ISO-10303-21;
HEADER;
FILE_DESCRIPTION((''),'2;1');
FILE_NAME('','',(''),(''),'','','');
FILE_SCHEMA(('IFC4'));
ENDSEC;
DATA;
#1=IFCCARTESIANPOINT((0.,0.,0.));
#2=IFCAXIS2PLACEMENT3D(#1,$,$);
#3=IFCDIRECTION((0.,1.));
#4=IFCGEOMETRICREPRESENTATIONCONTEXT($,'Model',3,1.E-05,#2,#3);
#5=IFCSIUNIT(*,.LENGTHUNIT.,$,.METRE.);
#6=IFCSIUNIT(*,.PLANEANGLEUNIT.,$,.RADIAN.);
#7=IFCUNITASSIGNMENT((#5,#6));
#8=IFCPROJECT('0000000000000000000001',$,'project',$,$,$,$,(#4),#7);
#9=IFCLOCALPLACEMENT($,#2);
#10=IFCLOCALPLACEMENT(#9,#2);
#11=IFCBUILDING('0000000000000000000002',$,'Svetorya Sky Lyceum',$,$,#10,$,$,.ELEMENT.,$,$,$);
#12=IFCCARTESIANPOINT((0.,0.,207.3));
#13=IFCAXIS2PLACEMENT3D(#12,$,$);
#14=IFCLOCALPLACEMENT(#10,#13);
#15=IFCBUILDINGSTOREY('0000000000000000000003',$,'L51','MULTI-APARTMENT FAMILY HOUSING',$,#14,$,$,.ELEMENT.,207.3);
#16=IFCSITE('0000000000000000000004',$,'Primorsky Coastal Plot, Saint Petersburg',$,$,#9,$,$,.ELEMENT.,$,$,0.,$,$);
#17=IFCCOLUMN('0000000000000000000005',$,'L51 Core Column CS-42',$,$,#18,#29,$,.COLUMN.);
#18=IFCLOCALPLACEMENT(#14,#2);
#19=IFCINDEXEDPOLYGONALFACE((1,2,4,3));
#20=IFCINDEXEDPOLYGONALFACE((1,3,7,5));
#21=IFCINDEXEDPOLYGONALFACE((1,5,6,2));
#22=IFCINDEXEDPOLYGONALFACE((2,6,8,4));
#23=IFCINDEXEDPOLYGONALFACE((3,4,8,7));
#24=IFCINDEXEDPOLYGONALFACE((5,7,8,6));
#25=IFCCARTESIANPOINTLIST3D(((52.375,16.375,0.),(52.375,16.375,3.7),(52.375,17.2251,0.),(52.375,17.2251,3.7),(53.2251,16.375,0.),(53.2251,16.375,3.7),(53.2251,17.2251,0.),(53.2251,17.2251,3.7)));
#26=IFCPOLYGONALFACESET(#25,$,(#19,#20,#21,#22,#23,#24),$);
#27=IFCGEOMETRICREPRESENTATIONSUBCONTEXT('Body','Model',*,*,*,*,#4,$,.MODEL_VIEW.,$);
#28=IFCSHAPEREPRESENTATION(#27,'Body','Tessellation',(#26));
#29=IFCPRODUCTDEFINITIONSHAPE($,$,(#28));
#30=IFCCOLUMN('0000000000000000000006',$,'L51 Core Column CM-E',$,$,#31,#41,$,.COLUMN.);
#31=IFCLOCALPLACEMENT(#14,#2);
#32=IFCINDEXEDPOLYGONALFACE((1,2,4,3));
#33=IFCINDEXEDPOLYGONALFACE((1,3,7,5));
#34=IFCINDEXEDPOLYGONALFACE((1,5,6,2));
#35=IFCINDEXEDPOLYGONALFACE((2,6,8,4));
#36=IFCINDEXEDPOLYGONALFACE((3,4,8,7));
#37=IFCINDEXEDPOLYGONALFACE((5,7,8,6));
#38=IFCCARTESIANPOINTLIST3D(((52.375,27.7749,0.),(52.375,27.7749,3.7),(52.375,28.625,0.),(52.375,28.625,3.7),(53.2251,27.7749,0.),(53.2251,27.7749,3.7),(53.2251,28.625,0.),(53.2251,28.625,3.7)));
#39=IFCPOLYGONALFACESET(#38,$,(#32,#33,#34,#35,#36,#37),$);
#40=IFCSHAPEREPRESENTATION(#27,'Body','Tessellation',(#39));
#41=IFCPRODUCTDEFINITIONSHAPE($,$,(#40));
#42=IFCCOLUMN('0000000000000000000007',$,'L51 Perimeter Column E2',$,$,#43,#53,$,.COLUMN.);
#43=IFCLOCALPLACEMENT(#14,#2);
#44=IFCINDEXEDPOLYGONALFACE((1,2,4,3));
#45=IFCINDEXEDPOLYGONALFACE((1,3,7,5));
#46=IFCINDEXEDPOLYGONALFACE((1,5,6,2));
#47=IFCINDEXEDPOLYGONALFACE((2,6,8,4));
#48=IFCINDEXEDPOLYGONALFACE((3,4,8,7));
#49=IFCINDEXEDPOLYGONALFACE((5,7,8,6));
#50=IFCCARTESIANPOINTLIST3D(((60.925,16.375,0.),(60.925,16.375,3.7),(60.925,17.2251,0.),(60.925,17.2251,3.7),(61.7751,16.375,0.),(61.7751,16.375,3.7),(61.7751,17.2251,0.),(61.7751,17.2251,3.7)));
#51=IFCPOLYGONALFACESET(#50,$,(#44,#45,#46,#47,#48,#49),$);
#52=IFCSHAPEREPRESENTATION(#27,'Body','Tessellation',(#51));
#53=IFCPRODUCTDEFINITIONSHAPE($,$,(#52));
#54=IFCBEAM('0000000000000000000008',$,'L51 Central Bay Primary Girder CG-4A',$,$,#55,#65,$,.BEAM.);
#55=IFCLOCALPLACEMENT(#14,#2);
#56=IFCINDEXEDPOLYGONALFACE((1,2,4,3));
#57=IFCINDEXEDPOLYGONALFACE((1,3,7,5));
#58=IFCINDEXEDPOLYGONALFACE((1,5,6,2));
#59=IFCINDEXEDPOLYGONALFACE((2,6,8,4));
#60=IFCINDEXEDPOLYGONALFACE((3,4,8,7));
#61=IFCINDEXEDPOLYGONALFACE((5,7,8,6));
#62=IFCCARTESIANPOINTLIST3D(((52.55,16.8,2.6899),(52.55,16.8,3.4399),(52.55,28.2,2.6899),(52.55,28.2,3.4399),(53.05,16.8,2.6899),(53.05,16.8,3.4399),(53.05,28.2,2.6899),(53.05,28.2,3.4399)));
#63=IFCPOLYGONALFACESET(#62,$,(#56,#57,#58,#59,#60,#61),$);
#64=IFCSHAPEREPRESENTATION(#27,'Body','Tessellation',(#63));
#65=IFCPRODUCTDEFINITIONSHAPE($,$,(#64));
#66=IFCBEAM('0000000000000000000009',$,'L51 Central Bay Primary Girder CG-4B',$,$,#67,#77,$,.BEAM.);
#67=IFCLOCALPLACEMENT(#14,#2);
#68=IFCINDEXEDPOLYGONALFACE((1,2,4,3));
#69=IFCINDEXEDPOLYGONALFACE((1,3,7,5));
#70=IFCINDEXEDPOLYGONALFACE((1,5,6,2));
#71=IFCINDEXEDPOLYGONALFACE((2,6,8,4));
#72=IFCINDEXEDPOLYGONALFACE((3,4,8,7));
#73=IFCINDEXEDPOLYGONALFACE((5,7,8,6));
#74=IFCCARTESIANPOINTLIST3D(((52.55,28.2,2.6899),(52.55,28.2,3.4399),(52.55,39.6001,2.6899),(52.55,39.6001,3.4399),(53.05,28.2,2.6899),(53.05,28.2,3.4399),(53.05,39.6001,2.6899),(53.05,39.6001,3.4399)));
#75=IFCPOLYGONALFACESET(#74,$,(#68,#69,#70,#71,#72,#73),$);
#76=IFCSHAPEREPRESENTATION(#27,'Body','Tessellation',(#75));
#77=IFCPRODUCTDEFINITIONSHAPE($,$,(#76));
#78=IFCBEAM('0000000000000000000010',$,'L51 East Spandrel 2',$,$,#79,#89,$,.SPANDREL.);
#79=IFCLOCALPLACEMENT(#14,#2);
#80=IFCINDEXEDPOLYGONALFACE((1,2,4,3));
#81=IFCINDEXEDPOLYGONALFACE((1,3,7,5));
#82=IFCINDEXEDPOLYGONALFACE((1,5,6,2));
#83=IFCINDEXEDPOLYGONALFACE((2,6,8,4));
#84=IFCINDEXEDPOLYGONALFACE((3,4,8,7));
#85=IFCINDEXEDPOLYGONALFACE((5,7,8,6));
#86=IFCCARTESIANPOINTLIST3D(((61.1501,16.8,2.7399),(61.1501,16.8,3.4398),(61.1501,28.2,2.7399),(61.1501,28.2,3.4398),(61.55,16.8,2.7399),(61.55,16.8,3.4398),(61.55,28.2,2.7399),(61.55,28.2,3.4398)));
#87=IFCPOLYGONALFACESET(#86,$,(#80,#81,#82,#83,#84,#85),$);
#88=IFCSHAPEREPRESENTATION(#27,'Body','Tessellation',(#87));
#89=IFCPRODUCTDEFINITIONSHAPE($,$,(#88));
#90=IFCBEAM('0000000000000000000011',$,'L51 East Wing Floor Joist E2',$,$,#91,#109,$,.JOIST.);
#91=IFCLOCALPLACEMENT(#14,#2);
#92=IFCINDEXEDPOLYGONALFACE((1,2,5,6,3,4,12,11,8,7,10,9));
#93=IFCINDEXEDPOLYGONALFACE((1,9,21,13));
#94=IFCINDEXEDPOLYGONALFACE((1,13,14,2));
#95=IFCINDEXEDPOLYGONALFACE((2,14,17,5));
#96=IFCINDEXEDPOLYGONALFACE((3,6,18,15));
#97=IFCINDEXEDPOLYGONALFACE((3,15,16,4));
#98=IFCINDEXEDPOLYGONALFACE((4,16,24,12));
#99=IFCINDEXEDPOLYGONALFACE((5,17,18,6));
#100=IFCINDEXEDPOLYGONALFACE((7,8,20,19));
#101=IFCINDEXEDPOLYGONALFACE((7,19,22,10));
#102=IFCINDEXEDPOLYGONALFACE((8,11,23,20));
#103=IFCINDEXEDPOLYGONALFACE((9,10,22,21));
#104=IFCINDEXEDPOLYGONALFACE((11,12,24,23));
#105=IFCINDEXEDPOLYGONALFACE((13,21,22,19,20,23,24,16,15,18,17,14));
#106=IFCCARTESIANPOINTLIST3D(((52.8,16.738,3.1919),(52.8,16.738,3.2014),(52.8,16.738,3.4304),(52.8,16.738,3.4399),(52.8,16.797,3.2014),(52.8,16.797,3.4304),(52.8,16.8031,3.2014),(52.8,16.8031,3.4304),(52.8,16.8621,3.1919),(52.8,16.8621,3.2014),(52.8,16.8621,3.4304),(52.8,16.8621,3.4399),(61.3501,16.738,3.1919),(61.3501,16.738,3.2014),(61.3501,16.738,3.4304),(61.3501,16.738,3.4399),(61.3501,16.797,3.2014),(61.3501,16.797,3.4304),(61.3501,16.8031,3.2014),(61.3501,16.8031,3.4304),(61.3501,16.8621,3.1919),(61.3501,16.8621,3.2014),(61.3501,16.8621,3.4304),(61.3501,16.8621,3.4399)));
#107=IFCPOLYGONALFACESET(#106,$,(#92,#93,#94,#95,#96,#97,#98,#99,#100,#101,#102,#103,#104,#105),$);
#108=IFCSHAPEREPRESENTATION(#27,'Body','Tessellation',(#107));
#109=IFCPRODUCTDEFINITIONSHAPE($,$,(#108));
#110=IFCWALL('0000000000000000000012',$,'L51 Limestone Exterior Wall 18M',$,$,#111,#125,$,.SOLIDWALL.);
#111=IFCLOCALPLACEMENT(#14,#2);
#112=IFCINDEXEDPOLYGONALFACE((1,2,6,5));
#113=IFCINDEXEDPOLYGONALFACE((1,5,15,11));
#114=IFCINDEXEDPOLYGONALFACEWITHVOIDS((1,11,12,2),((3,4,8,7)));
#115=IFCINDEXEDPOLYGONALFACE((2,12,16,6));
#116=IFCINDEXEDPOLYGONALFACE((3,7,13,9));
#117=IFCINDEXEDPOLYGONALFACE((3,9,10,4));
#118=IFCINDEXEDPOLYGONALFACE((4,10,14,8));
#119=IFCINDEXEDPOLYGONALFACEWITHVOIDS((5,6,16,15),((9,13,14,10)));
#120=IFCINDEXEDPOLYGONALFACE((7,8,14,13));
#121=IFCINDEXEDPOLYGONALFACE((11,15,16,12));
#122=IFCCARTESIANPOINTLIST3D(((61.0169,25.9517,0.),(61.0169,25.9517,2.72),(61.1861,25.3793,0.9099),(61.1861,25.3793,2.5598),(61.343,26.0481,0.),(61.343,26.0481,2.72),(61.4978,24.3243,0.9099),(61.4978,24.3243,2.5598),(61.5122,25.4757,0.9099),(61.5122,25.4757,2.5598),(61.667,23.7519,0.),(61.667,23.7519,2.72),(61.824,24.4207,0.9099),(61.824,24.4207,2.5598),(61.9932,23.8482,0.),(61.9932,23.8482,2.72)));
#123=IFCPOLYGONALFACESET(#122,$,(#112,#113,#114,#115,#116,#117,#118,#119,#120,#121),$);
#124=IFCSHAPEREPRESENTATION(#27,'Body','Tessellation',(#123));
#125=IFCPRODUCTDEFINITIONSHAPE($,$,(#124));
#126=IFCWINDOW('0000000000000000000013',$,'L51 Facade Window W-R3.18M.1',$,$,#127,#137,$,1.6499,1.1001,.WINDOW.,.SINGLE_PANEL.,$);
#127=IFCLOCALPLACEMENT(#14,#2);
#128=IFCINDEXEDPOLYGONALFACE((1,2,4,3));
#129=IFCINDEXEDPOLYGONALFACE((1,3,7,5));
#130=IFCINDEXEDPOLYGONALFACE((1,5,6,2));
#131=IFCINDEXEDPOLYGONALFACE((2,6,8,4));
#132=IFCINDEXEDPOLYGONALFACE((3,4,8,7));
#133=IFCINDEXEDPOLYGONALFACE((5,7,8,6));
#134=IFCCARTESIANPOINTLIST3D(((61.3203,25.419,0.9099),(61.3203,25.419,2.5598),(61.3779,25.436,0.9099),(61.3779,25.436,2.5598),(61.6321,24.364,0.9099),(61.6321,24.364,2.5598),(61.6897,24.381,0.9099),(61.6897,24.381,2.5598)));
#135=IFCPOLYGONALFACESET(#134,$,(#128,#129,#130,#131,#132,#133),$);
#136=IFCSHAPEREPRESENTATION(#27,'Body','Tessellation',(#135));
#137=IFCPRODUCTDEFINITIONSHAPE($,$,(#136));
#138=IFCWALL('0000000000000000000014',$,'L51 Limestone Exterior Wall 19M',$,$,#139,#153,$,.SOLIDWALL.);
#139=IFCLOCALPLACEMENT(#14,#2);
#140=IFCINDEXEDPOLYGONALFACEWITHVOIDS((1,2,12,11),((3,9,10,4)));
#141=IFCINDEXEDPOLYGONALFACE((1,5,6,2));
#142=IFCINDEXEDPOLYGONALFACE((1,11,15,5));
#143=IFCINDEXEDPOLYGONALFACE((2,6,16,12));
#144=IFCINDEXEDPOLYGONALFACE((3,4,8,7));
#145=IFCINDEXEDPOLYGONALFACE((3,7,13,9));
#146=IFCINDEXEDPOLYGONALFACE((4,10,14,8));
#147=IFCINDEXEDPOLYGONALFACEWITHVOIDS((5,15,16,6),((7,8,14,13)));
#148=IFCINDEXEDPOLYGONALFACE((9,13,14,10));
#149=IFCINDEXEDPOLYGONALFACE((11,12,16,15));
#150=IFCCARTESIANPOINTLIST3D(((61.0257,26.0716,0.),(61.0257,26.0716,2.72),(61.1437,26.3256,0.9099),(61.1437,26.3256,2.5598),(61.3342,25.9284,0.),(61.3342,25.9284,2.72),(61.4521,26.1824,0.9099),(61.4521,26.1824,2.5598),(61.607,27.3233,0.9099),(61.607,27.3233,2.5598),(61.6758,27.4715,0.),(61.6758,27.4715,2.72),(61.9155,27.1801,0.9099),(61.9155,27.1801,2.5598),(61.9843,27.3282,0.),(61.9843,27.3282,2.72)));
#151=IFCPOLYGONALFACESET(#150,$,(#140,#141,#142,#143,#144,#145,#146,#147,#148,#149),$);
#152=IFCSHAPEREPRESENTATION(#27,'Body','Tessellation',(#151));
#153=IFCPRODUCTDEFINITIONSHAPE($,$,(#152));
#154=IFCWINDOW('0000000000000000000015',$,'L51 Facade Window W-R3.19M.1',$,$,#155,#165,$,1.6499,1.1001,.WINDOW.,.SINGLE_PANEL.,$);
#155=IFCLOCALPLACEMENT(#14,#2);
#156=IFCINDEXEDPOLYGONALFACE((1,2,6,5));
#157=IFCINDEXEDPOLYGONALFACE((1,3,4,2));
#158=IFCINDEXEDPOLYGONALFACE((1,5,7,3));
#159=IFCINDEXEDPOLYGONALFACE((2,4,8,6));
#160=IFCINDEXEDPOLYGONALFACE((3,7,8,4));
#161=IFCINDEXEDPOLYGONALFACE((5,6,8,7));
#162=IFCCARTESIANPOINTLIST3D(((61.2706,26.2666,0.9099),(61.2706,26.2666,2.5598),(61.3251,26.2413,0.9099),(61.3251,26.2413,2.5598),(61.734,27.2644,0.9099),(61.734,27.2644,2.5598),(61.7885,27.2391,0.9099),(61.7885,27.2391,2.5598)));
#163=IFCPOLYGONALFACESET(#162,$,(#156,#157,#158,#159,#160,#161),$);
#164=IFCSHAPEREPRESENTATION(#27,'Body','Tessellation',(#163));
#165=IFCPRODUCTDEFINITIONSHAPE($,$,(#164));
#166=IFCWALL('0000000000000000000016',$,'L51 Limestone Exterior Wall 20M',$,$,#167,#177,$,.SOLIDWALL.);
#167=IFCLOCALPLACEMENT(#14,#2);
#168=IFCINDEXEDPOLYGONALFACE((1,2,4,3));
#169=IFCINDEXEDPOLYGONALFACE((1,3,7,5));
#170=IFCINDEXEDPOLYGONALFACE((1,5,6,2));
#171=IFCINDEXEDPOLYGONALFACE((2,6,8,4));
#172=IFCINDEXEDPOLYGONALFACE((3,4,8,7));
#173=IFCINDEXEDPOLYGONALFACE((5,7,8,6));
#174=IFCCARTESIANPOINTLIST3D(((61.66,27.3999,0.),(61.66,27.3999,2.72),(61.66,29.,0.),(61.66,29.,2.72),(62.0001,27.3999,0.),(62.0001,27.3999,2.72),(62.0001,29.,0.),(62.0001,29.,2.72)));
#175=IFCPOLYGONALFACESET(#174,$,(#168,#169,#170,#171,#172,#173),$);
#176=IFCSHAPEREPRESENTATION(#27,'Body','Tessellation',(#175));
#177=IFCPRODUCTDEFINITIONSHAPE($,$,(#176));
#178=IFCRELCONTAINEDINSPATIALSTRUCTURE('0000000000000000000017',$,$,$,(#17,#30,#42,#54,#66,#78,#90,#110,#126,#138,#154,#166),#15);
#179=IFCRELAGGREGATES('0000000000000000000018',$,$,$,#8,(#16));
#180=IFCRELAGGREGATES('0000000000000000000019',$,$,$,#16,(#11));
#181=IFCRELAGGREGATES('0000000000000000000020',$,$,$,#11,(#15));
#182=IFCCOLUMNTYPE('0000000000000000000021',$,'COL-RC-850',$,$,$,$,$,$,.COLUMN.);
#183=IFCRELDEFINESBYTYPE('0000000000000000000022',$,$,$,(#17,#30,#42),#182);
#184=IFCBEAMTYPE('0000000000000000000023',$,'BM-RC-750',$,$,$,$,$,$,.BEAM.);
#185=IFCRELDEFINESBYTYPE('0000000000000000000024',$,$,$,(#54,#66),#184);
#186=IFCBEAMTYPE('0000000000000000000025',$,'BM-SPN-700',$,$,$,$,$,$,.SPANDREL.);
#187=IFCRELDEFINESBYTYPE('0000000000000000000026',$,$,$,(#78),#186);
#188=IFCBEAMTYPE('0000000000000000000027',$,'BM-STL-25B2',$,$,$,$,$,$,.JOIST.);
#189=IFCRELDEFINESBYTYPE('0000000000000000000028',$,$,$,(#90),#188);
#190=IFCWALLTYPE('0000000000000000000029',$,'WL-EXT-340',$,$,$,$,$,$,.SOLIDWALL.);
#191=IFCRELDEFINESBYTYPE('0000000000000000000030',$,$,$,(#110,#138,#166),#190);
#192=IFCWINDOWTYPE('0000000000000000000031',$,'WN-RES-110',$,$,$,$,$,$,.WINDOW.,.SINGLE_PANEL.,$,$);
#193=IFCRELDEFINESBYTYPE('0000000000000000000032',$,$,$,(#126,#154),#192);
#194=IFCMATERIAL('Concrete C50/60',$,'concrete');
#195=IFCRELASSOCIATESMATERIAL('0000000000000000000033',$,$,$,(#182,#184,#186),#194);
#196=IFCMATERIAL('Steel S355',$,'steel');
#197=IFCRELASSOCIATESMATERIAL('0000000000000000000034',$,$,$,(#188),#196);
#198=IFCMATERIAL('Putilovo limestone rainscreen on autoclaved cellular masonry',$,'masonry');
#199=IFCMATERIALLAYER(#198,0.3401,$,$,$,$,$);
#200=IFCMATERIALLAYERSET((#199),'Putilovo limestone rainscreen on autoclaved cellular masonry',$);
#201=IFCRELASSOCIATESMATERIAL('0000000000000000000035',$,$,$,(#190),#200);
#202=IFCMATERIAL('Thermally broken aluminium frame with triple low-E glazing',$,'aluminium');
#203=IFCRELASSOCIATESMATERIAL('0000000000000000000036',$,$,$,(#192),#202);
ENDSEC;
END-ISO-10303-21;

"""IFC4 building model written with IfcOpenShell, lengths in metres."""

from ifc_helpers import new_model, si_unit, direction, frame, frame_2d, origin, origin_2d, place, context, subcontext, project, spatial, rectangle, i_section, extrude, material, layer, layer_set, material_profile, profile_set, type_object, element, fill, save


model = new_model("IFC4")

# Units and contexts
model_context = context("Model", 3, precision=1e-05, world=origin(), true_north=direction((0.0, 1.0)))
body_context = subcontext(model_context, "Body", "Model", "MODEL_VIEW")
ifc_project = project(units=[si_unit("LENGTHUNIT", "METRE"), si_unit("PLANEANGLEUNIT", "RADIAN")], contexts=[model_context])

# Site, building, storey
site_placement = place(None, origin())
site = spatial("IfcSite", under=ifc_project, at=site_placement, Name="Primorsky Coastal Plot, Saint Petersburg", CompositionType="ELEMENT", RefElevation=0.0)
building_placement = place(site_placement, origin())
building = spatial("IfcBuilding", under=site, at=building_placement, Name="Svetorya Sky Lyceum", CompositionType="ELEMENT")
storey_placement = place(building_placement, frame((0.0, 0.0, 207.3)))
storey = spatial("IfcBuildingStorey", under=building, at=storey_placement, Name="L51", Description="MULTI-APARTMENT FAMILY HOUSING", CompositionType="ELEMENT", Elevation=207.3)

# Columns
ifc_material_1 = material(Name="Concrete C50/60", Category="concrete")
ifc_material_profile_1 = material_profile(ifc_material_1, rectangle(XDim=0.8501, YDim=0.8501, at=origin_2d()), Name="RC COL 850x850")
ifc_profile_set_1 = profile_set([ifc_material_profile_1], Name="Concrete C50/60")
column_type = type_object("IfcColumnType", Name="COL-RC-850", PredefinedType="COLUMN", material=ifc_profile_set_1)
for number, where, z_axis, x_axis, name in (
    (1, (52.8, 16.8, 0.0), (0.0, 0.0, 1.0), (1.0, 0.0, 0.0), "L51 Core Column CS-42"),
    (2, (52.8, 28.2, 0.0), (0.0, 0.0, 1.0), (1.0, 0.0, 0.0), "L51 Core Column CM-E"),
    (3, (61.3501, 16.8, 0.0), (0.0, 0.0, 1.0), (1.0, 0.0, 0.0), "L51 Perimeter Column E2"),
):
    element("IfcColumn", number, at=place(storey_placement, frame(where, z_axis=z_axis, x_axis=x_axis)), inside=storey, type_object=column_type, Name=name, PredefinedType="COLUMN", context=body_context, shape_type="SweptSolid", body=[
        extrude(rectangle(XDim=0.8501, YDim=0.8501, at=origin_2d()), origin(), (0.0, 0.0, 1.0), 3.7),
    ])

# Beams
ifc_material_profile_2 = material_profile(ifc_material_1, rectangle(XDim=0.5, YDim=0.75, at=origin_2d()), Name="RC BEAM 500x750")
ifc_profile_set_2 = profile_set([ifc_material_profile_2], Name="Concrete C50/60")
beam_type_1 = type_object("IfcBeamType", Name="BM-RC-750", PredefinedType="BEAM", material=ifc_profile_set_2)
beam_1_placement = place(storey_placement, frame((52.8, 16.8, 3.0649), z_axis=(0.0, 1.0, 0.0), x_axis=(-1.0, 0.0, 0.0)))
element("IfcBeam", 4, at=beam_1_placement, inside=storey, type_object=beam_type_1, Name="L51 Central Bay Primary Girder CG-4A", PredefinedType="BEAM", context=body_context, shape_type="SweptSolid", body=[
    extrude(rectangle(XDim=0.5, YDim=0.75, at=origin_2d()), origin(), (0.0, 0.0, 1.0), 11.3999),
])
beam_2_placement = place(storey_placement, frame((52.8, 28.2, 3.0649), z_axis=(0.0, 1.0, 0.0), x_axis=(-1.0, 0.0, 0.0)))
element("IfcBeam", 5, at=beam_2_placement, inside=storey, type_object=beam_type_1, Name="L51 Central Bay Primary Girder CG-4B", PredefinedType="BEAM", context=body_context, shape_type="SweptSolid", body=[
    extrude(rectangle(XDim=0.5, YDim=0.75, at=origin_2d()), origin(), (0.0, 0.0, 1.0), 11.4001),
])
ifc_material_profile_3 = material_profile(ifc_material_1, rectangle(XDim=0.3999, YDim=0.7, at=origin_2d()), Name="RC SPANDREL 400x700")
ifc_profile_set_3 = profile_set([ifc_material_profile_3], Name="Concrete C50/60")
beam_type_2 = type_object("IfcBeamType", Name="BM-SPN-700", PredefinedType="SPANDREL", material=ifc_profile_set_3)
beam_3_placement = place(storey_placement, frame((61.3501, 16.8, 3.0898), z_axis=(0.0, 1.0, 0.0), x_axis=(-1.0, 0.0, 0.0)))
element("IfcBeam", 6, at=beam_3_placement, inside=storey, type_object=beam_type_2, Name="L51 East Spandrel 2", PredefinedType="SPANDREL", context=body_context, shape_type="SweptSolid", body=[
    extrude(rectangle(XDim=0.3999, YDim=0.7, at=origin_2d()), origin(), (0.0, 0.0, 1.0), 11.3999),
])
ifc_material_2 = material(Name="Steel S355", Category="steel")
ifc_material_profile_4 = material_profile(ifc_material_2, i_section(OverallWidth=0.124, OverallDepth=0.248, WebThickness=0.0061, FlangeThickness=0.0095, at=origin_2d()), Name="GOST 25B2")
ifc_profile_set_4 = profile_set([ifc_material_profile_4], Name="Steel S355")
beam_type_3 = type_object("IfcBeamType", Name="BM-STL-25B2", PredefinedType="JOIST", material=ifc_profile_set_4)
beam_4_placement = place(storey_placement, frame((52.8, 16.8, 3.3159), z_axis=(1.0, 0.0, 0.0), x_axis=(0.0, 1.0, 0.0)))
element("IfcBeam", 7, at=beam_4_placement, inside=storey, type_object=beam_type_3, Name="L51 East Wing Floor Joist E2", PredefinedType="JOIST", context=body_context, shape_type="SweptSolid", body=[
    extrude(i_section(OverallWidth=0.124, OverallDepth=0.248, WebThickness=0.0061, FlangeThickness=0.0095, at=origin_2d()), origin(), (0.0, 0.0, 1.0), 8.55),
])

# Walls, openings, windows
ifc_material_3 = material(Name="Putilovo limestone rainscreen on autoclaved cellular masonry", Category="masonry")
ifc_layer_1 = layer(ifc_material_3, 0.3401)
ifc_layer_set_1 = layer_set([ifc_layer_1], Name="Putilovo limestone rainscreen on autoclaved cellular masonry")
wall_type_1 = type_object("IfcWallType", Name="WL-EXT-340", PredefinedType="SOLIDWALL", material=ifc_layer_set_1)
wall_1_placement = place(storey_placement, frame((61.8301, 23.8, 0.0), z_axis=(0.0, 0.0, 1.0), x_axis=(-0.283411, 0.958999, 0.0)))
wall_1 = element("IfcWall", 8, at=wall_1_placement, inside=storey, type_object=wall_type_1, Name="L51 Limestone Exterior Wall 18M", PredefinedType="SOLIDWALL", context=body_context, shape_type="SweptSolid", body=[
    extrude(rectangle(XDim=2.2939, YDim=0.3401, at=frame_2d((1.147, 0.0))), origin(), (0.0, 0.0, 1.0), 2.72),
])
opening_1_placement = place(wall_1_placement, frame((0.5969, 0.0, 0.9099)))
opening_1 = element("IfcOpeningElement", 9, at=opening_1_placement, cuts=wall_1, PredefinedType="OPENING", context=body_context, shape_type="SweptSolid", body=[
    extrude(rectangle(XDim=1.1001, YDim=1.6499, at=frame_2d((0.55, 0.825))), frame((0.0, 0.1799, 0.0), z_axis=(0.0, -1.0, 0.0), x_axis=(1.0, 0.0, 0.0)), (0.0, 0.0, 1.0), 0.3601),
])
ifc_material_4 = material(Name="Thermally broken aluminium frame with triple low-E glazing", Category="aluminium")
window_type = type_object("IfcWindowType", Name="WN-RES-110", PartitioningType="SINGLE_PANEL", PredefinedType="WINDOW", material=ifc_material_4)
window_1_placement = place(opening_1_placement, origin())
window_1 = element("IfcWindow", 10, at=window_1_placement, inside=storey, type_object=window_type, Name="L51 Facade Window W-R3.18M.1", OverallHeight=1.6499, OverallWidth=1.1001, PartitioningType="SINGLE_PANEL", PredefinedType="WINDOW", context=body_context, shape_type="SweptSolid", body=[
    extrude(rectangle(XDim=1.1001, YDim=1.6499, at=frame_2d((0.55, 0.825))), frame((0.0, 0.03, 0.0), z_axis=(0.0, -1.0, 0.0), x_axis=(1.0, 0.0, 0.0)), (0.0, 0.0, 1.0), 0.0601),
])
fill(opening_1, window_1)
wall_2_placement = place(storey_placement, frame((61.1799, 26.0, 0.0), z_axis=(0.0, 0.0, 1.0), x_axis=(0.421214, 0.906961, 0.0)))
wall_2 = element("IfcWall", 11, at=wall_2_placement, inside=storey, type_object=wall_type_1, Name="L51 Limestone Exterior Wall 19M", PredefinedType="SOLIDWALL", context=body_context, shape_type="SweptSolid", body=[
    extrude(rectangle(XDim=1.5435, YDim=0.3401, at=frame_2d((0.7717, 0.0))), origin(), (0.0, 0.0, 1.0), 2.72),
])
opening_2_placement = place(wall_2_placement, frame((0.28, 0.0, 0.9099)))
opening_2 = element("IfcOpeningElement", 12, at=opening_2_placement, cuts=wall_2, PredefinedType="OPENING", context=body_context, shape_type="SweptSolid", body=[
    extrude(rectangle(XDim=1.1001, YDim=1.6499, at=frame_2d((0.55, 0.825))), frame((0.0, 0.1799, 0.0), z_axis=(0.0, -1.0, 0.0), x_axis=(1.0, 0.0, 0.0)), (0.0, 0.0, 1.0), 0.3601),
])
window_2_placement = place(opening_2_placement, origin())
window_2 = element("IfcWindow", 13, at=window_2_placement, inside=storey, type_object=window_type, Name="L51 Facade Window W-R3.19M.1", OverallHeight=1.6499, OverallWidth=1.1001, PartitioningType="SINGLE_PANEL", PredefinedType="WINDOW", context=body_context, shape_type="SweptSolid", body=[
    extrude(rectangle(XDim=1.1001, YDim=1.6499, at=frame_2d((0.55, 0.825))), frame((0.0, 0.03, 0.0), z_axis=(0.0, -1.0, 0.0), x_axis=(1.0, 0.0, 0.0)), (0.0, 0.0, 1.0), 0.0601),
])
fill(opening_2, window_2)

# Wall
wall_3_placement = place(storey_placement, frame((61.8301, 27.3999, 0.0), z_axis=(0.0, 0.0, 1.0), x_axis=(0.0, 1.0, 0.0)))
element("IfcWall", 14, at=wall_3_placement, inside=storey, type_object=wall_type_1, Name="L51 Limestone Exterior Wall 20M", PredefinedType="SOLIDWALL", context=body_context, shape_type="SweptSolid", body=[
    extrude(rectangle(XDim=1.6001, YDim=0.3401, at=frame_2d((0.8, 0.0))), origin(), (0.0, 0.0, 1.0), 2.72),
])

save(model, "model.ifc")
